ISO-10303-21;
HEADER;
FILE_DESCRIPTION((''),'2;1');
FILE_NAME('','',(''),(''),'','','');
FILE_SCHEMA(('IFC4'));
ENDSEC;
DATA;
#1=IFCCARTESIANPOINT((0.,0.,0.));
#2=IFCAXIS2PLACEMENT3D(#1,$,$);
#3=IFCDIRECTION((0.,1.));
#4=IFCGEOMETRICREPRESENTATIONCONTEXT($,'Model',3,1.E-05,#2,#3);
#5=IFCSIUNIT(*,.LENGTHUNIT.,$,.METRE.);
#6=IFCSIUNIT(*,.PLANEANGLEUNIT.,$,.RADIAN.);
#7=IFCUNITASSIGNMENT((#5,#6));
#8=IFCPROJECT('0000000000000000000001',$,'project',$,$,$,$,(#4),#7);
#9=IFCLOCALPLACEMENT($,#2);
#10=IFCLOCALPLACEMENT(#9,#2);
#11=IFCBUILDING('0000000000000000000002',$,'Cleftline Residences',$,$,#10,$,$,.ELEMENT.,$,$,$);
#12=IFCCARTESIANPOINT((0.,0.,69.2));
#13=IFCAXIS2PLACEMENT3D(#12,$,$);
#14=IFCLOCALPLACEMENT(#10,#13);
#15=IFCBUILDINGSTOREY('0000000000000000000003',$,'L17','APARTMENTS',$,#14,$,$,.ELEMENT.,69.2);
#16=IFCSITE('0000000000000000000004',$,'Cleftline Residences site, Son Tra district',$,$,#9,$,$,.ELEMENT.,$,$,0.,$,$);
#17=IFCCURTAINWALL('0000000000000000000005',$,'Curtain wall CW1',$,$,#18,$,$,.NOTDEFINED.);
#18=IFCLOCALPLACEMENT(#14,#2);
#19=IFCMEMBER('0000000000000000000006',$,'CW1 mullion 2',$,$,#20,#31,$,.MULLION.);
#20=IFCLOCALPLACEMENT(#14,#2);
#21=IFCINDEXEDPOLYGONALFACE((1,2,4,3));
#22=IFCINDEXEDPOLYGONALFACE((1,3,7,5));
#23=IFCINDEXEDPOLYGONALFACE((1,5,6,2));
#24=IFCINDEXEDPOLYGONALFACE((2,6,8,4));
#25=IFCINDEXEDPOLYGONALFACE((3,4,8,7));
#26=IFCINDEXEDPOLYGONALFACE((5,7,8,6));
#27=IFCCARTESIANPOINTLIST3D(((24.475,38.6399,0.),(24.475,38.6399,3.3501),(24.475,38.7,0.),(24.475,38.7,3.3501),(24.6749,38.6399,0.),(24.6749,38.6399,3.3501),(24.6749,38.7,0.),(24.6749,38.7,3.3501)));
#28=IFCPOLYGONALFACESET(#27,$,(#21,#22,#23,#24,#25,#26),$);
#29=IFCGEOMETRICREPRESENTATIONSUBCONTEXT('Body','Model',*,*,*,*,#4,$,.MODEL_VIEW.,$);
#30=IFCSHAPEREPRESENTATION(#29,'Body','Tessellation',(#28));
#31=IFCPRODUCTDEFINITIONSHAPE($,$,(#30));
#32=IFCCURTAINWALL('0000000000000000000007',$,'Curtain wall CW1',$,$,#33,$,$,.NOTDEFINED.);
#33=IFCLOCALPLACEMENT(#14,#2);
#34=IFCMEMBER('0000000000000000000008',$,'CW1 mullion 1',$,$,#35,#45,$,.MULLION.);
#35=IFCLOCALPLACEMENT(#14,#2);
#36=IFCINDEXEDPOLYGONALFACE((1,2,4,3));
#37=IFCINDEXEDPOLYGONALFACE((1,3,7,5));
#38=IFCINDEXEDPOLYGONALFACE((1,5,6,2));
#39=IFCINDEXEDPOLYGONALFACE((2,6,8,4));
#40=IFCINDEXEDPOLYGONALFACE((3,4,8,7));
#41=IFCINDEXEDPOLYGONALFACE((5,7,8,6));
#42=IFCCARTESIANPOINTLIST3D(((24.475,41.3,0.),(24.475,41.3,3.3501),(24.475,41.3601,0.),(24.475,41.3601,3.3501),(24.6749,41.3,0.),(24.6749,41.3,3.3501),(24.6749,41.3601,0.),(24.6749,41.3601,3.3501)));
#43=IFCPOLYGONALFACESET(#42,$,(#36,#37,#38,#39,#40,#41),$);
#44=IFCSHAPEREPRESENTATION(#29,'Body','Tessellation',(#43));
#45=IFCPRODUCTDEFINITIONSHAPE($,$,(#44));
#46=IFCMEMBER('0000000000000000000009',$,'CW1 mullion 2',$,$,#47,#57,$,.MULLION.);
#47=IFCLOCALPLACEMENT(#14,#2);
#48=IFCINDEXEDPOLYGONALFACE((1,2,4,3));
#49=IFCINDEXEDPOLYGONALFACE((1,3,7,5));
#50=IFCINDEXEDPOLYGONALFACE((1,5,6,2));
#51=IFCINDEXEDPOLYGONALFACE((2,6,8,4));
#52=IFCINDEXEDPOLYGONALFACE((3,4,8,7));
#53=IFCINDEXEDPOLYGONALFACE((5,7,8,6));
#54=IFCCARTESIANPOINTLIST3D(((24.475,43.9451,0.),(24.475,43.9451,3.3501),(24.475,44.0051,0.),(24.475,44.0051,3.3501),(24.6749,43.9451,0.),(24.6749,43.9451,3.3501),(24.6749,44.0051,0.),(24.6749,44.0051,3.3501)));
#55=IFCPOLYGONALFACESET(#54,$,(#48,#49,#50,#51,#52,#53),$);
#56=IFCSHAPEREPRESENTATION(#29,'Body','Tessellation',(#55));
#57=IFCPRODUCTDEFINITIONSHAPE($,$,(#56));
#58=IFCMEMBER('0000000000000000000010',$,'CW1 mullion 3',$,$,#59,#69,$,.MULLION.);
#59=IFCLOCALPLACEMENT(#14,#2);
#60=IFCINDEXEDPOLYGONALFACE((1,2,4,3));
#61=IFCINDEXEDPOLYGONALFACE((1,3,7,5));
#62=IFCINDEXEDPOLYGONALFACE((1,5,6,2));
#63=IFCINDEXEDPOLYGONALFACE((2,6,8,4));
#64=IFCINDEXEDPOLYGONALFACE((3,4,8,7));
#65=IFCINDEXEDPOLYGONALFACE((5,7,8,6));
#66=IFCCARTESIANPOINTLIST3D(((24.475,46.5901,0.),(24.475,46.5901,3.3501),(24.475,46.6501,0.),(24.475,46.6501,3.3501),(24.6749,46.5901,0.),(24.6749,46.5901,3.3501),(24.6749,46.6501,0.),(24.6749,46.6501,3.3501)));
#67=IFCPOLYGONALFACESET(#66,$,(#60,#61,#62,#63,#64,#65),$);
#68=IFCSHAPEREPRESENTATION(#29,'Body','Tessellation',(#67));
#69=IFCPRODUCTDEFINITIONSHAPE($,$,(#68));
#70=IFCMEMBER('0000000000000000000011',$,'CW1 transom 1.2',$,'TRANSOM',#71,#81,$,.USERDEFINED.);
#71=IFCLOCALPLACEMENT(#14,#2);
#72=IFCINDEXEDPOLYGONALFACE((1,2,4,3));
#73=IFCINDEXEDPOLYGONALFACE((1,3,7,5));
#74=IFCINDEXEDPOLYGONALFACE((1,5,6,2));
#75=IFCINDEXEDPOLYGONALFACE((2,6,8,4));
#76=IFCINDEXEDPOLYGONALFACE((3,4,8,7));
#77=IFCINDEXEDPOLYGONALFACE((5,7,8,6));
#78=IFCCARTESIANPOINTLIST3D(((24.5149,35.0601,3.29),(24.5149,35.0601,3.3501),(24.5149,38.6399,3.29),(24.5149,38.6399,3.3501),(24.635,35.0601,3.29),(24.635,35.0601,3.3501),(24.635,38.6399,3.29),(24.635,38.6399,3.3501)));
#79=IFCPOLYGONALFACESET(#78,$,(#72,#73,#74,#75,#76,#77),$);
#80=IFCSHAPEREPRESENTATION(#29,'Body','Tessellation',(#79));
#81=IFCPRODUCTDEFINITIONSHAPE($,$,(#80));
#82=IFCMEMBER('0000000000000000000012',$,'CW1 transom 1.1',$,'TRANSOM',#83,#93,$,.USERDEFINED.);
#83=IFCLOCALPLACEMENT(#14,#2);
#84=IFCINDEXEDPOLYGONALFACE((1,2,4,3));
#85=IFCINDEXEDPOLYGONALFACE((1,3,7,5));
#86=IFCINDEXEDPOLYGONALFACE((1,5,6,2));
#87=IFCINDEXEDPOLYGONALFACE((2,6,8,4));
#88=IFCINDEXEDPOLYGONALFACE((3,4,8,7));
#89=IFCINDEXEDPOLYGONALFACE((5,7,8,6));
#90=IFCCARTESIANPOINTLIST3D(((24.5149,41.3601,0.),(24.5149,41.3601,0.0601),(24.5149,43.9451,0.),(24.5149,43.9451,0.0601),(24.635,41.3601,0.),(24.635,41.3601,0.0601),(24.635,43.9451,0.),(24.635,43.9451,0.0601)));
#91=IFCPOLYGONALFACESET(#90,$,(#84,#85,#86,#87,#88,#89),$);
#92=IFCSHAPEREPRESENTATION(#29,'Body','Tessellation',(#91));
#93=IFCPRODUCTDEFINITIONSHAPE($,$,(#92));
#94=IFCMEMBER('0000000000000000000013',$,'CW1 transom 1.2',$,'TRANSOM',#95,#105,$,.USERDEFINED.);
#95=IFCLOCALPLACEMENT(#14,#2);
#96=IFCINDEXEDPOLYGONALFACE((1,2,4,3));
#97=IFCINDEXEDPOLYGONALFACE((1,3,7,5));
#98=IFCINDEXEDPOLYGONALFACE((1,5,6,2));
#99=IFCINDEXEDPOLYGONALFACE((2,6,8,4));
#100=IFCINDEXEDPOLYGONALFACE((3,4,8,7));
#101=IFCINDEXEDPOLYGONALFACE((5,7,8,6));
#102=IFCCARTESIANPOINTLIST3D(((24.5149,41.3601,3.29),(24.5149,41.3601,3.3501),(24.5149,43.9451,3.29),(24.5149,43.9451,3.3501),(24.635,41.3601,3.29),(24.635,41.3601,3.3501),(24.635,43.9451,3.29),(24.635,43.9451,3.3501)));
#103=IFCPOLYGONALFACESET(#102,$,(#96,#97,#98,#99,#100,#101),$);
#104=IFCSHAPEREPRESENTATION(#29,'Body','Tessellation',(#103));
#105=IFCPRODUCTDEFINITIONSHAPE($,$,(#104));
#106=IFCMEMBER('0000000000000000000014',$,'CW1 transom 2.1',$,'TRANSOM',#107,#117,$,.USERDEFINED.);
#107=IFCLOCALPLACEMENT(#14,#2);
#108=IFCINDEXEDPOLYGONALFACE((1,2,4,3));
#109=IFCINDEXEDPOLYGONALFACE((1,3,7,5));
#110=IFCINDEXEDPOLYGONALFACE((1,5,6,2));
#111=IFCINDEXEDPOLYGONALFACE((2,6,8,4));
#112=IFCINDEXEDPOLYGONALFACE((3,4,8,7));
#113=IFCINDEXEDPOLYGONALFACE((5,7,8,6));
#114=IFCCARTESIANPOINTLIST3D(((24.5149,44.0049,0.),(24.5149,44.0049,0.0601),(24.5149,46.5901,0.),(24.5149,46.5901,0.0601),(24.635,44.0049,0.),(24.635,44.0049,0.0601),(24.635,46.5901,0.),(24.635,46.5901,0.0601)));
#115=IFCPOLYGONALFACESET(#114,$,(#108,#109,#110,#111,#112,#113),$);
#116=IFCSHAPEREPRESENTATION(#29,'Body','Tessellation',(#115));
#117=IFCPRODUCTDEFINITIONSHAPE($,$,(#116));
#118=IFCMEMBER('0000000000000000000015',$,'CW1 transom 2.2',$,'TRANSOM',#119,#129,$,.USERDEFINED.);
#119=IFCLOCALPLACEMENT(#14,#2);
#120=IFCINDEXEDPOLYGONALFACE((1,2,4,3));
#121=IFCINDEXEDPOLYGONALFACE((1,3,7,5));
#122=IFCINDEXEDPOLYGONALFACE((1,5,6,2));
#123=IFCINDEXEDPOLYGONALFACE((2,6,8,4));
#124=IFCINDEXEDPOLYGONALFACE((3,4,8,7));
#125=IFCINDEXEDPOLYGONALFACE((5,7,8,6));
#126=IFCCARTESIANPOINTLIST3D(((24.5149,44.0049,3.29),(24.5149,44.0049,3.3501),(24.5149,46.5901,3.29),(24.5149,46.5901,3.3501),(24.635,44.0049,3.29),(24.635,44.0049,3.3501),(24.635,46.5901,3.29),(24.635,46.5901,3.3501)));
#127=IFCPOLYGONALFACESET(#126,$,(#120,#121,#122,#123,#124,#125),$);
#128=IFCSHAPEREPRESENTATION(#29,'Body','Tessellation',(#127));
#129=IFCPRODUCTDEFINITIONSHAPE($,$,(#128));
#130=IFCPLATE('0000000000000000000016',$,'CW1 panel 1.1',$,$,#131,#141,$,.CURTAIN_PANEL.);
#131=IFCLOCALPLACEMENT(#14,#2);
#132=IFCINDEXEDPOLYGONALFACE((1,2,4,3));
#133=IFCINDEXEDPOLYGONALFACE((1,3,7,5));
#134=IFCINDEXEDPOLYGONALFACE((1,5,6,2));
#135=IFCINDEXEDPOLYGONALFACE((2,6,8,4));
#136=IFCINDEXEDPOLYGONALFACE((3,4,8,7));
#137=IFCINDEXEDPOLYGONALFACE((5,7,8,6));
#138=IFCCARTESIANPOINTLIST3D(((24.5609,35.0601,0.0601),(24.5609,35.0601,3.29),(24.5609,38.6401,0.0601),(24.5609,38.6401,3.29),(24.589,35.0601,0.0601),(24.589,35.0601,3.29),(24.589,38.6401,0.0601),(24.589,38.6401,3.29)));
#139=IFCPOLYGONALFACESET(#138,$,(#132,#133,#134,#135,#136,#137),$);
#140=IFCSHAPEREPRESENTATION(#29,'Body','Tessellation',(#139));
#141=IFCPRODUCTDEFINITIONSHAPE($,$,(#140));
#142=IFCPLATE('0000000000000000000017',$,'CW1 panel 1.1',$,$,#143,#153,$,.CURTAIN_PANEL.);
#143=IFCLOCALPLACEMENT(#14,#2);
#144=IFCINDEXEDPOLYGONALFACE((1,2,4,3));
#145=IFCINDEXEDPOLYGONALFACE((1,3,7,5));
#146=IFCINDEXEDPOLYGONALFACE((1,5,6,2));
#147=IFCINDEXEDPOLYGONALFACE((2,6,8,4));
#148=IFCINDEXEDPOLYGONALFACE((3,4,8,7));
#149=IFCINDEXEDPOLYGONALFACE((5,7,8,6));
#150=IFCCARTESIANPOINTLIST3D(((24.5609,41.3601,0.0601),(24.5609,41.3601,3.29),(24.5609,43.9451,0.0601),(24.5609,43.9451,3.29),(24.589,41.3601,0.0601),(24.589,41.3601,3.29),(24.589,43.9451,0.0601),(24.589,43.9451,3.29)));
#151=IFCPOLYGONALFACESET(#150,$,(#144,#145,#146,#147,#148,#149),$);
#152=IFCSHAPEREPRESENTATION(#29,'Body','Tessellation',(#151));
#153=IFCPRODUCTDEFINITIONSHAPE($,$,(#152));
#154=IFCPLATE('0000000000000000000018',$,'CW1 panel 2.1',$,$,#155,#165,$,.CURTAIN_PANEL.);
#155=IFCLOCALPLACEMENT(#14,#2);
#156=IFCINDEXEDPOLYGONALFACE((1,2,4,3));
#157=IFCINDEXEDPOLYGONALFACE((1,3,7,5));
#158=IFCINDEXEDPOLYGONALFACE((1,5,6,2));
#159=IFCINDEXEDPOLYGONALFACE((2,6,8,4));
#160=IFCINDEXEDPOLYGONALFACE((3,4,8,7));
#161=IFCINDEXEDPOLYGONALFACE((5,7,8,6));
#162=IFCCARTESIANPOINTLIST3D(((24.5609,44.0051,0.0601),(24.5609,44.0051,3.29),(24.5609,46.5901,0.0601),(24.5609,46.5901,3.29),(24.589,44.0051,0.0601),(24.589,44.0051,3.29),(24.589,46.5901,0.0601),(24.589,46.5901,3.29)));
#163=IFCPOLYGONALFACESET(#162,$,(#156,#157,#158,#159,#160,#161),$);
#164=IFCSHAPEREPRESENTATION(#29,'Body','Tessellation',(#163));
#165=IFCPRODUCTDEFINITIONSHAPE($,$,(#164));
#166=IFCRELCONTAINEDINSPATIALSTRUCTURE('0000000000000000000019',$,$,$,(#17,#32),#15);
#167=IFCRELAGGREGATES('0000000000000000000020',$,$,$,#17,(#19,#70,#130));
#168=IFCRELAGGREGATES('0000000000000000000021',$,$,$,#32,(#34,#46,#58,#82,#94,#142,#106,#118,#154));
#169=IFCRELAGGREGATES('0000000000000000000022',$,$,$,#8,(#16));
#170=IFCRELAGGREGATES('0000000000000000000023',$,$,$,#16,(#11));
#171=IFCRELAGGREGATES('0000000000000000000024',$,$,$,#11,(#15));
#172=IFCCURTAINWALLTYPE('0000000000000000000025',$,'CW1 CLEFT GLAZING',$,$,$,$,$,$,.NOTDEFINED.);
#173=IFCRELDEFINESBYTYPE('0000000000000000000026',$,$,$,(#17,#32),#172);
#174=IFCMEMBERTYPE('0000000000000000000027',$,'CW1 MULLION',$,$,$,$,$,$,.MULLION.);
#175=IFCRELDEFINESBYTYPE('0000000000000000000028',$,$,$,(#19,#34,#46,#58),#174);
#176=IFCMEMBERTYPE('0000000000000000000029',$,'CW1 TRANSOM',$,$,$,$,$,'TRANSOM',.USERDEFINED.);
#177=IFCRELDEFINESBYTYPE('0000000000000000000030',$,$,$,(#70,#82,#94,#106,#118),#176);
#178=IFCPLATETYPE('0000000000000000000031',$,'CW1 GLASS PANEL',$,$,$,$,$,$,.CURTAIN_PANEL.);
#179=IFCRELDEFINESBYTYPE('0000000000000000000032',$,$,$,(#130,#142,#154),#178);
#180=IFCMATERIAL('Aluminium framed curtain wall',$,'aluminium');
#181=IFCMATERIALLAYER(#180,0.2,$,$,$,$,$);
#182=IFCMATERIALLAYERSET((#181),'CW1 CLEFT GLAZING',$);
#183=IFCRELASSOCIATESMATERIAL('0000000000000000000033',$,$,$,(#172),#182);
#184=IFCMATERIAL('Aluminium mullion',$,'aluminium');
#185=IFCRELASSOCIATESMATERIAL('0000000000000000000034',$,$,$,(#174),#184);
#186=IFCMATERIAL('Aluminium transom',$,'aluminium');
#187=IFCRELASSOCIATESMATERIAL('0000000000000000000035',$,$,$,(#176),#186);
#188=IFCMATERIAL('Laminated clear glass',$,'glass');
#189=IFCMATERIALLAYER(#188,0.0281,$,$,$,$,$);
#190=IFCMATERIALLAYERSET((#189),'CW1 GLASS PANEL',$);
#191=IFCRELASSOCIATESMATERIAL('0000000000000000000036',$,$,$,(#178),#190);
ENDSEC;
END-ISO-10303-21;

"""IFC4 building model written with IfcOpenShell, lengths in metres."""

from ifc_helpers import new_model, si_unit, direction, frame, origin, origin_2d, place, context, subcontext, project, spatial, rectangle, extrude, material, layer, layer_set, material_profile, profile_set, type_object, element, aggregate, save


model = new_model("IFC4")

# Units and contexts
model_context = context("Model", 3, precision=1e-05, world=origin(), true_north=direction((0.0, 1.0)))
body_context = subcontext(model_context, "Body", "Model", "MODEL_VIEW")
ifc_project = project(units=[si_unit("LENGTHUNIT", "METRE"), si_unit("PLANEANGLEUNIT", "RADIAN")], contexts=[model_context])

# Site, building, storey
site_placement = place(None, origin())
site = spatial("IfcSite", under=ifc_project, at=site_placement, Name="Cleftline Residences site, Son Tra district", CompositionType="ELEMENT", RefElevation=0.0)
building_placement = place(site_placement, origin())
building = spatial("IfcBuilding", under=site, at=building_placement, Name="Cleftline Residences", CompositionType="ELEMENT")
storey_placement = place(building_placement, frame((0.0, 0.0, 69.2)))
storey = spatial("IfcBuildingStorey", under=building, at=storey_placement, Name="L17", Description="APARTMENTS", CompositionType="ELEMENT", Elevation=69.2)

# Curtain wall, member
ifc_material_1 = material(Name="Aluminium framed curtain wall", Category="aluminium")
ifc_layer_1 = layer(ifc_material_1, 0.2)
ifc_layer_set_1 = layer_set([ifc_layer_1], Name="CW1 CLEFT GLAZING")
curtain_wall_type = type_object("IfcCurtainWallType", Name="CW1 CLEFT GLAZING", PredefinedType="NOTDEFINED", material=ifc_layer_set_1)
curtain_wall_1_placement = place(storey_placement, origin())
curtain_wall_1 = element("IfcCurtainWall", 1, at=curtain_wall_1_placement, inside=storey, type_object=curtain_wall_type, Name="Curtain wall CW1", PredefinedType="NOTDEFINED")
ifc_material_2 = material(Name="Aluminium mullion", Category="aluminium")
ifc_material_profile_1 = material_profile(ifc_material_2, rectangle(XDim=0.2, YDim=0.0601, at=origin_2d()))
ifc_profile_set_1 = profile_set([ifc_material_profile_1], Name="Aluminium mullion")
member_type_1 = type_object("IfcMemberType", Name="CW1 MULLION", PredefinedType="MULLION", material=ifc_profile_set_1)
member_1_placement = place(storey_placement, frame((24.575, 38.6699, 0.0), z_axis=(0.0, 0.0, 1.0), x_axis=(-1.0, 0.0, 0.0)))
member_1 = element("IfcMember", 2, at=member_1_placement, type_object=member_type_1, Name="CW1 mullion 2", PredefinedType="MULLION", context=body_context, shape_type="SweptSolid", body=[
    extrude(rectangle(XDim=0.2, YDim=0.0601, at=origin_2d()), origin(), (0.0, 0.0, 1.0), 3.3501),
])

# Curtain wall, members
curtain_wall_2_placement = place(storey_placement, origin())
curtain_wall_2 = element("IfcCurtainWall", 3, at=curtain_wall_2_placement, inside=storey, type_object=curtain_wall_type, Name="Curtain wall CW1", PredefinedType="NOTDEFINED")
member_2_placement = place(storey_placement, frame((24.575, 41.3301, 0.0), z_axis=(0.0, 0.0, 1.0), x_axis=(-1.0, 0.0, 0.0)))
member_2 = element("IfcMember", 4, at=member_2_placement, type_object=member_type_1, Name="CW1 mullion 1", PredefinedType="MULLION", context=body_context, shape_type="SweptSolid", body=[
    extrude(rectangle(XDim=0.2, YDim=0.0601, at=origin_2d()), origin(), (0.0, 0.0, 1.0), 3.3501),
])
member_3_placement = place(storey_placement, frame((24.575, 43.9751, 0.0), z_axis=(0.0, 0.0, 1.0), x_axis=(-1.0, 0.0, 0.0)))
member_3 = element("IfcMember", 5, at=member_3_placement, type_object=member_type_1, Name="CW1 mullion 2", PredefinedType="MULLION", context=body_context, shape_type="SweptSolid", body=[
    extrude(rectangle(XDim=0.2, YDim=0.0601, at=origin_2d()), origin(), (0.0, 0.0, 1.0), 3.3501),
])
member_4_placement = place(storey_placement, frame((24.575, 46.6201, 0.0), z_axis=(0.0, 0.0, 1.0), x_axis=(-1.0, 0.0, 0.0)))
member_4 = element("IfcMember", 6, at=member_4_placement, type_object=member_type_1, Name="CW1 mullion 3", PredefinedType="MULLION", context=body_context, shape_type="SweptSolid", body=[
    extrude(rectangle(XDim=0.2, YDim=0.0601, at=origin_2d()), origin(), (0.0, 0.0, 1.0), 3.3501),
])

# Members
ifc_material_3 = material(Name="Aluminium transom", Category="aluminium")
ifc_material_profile_2 = material_profile(ifc_material_3, rectangle(XDim=0.1201, YDim=0.0601, at=origin_2d()))
ifc_profile_set_2 = profile_set([ifc_material_profile_2], Name="Aluminium transom")
member_type_2 = type_object("IfcMemberType", Name="CW1 TRANSOM", ElementType="TRANSOM", PredefinedType="USERDEFINED", material=ifc_profile_set_2)
member_5_placement = place(storey_placement, frame((24.575, 35.0601, 3.3201), z_axis=(0.0, 1.0, 0.0), x_axis=(-1.0, 0.0, 0.0)))
member_5 = element("IfcMember", 7, at=member_5_placement, type_object=member_type_2, Name="CW1 transom 1.2", ObjectType="TRANSOM", PredefinedType="USERDEFINED", context=body_context, shape_type="SweptSolid", body=[
    extrude(rectangle(XDim=0.1201, YDim=0.0601, at=origin_2d()), origin(), (0.0, 0.0, 1.0), 3.5798),
])
member_6_placement = place(storey_placement, frame((24.575, 41.3601, 0.03), z_axis=(0.0, 1.0, 0.0), x_axis=(-1.0, 0.0, 0.0)))
member_6 = element("IfcMember", 8, at=member_6_placement, type_object=member_type_2, Name="CW1 transom 1.1", ObjectType="TRANSOM", PredefinedType="USERDEFINED", context=body_context, shape_type="SweptSolid", body=[
    extrude(rectangle(XDim=0.1201, YDim=0.0601, at=origin_2d()), origin(), (0.0, 0.0, 1.0), 2.585),
])
member_7_placement = place(storey_placement, frame((24.575, 41.3601, 3.3201), z_axis=(0.0, 1.0, 0.0), x_axis=(-1.0, 0.0, 0.0)))
member_7 = element("IfcMember", 9, at=member_7_placement, type_object=member_type_2, Name="CW1 transom 1.2", ObjectType="TRANSOM", PredefinedType="USERDEFINED", context=body_context, shape_type="SweptSolid", body=[
    extrude(rectangle(XDim=0.1201, YDim=0.0601, at=origin_2d()), origin(), (0.0, 0.0, 1.0), 2.585),
])
member_8_placement = place(storey_placement, frame((24.575, 44.0049, 0.03), z_axis=(0.0, 1.0, 0.0), x_axis=(-1.0, 0.0, 0.0)))
member_8 = element("IfcMember", 10, at=member_8_placement, type_object=member_type_2, Name="CW1 transom 2.1", ObjectType="TRANSOM", PredefinedType="USERDEFINED", context=body_context, shape_type="SweptSolid", body=[
    extrude(rectangle(XDim=0.1201, YDim=0.0601, at=origin_2d()), origin(), (0.0, 0.0, 1.0), 2.5852),
])
member_9_placement = place(storey_placement, frame((24.575, 44.0049, 3.3201), z_axis=(0.0, 1.0, 0.0), x_axis=(-1.0, 0.0, 0.0)))
member_9 = element("IfcMember", 11, at=member_9_placement, type_object=member_type_2, Name="CW1 transom 2.2", ObjectType="TRANSOM", PredefinedType="USERDEFINED", context=body_context, shape_type="SweptSolid", body=[
    extrude(rectangle(XDim=0.1201, YDim=0.0601, at=origin_2d()), origin(), (0.0, 0.0, 1.0), 2.5852),
])

# Plates
ifc_material_4 = material(Name="Laminated clear glass", Category="glass")
ifc_layer_2 = layer(ifc_material_4, 0.0281)
ifc_layer_set_2 = layer_set([ifc_layer_2], Name="CW1 GLASS PANEL")
plate_type = type_object("IfcPlateType", Name="CW1 GLASS PANEL", PredefinedType="CURTAIN_PANEL", material=ifc_layer_set_2)
plate_1_placement = place(storey_placement, frame((24.575, 36.8501, 0.0601), z_axis=(0.0, 0.0, 1.0), x_axis=(0.0, 1.0, 0.0)))
plate_1 = element("IfcPlate", 12, at=plate_1_placement, type_object=plate_type, Name="CW1 panel 1.1", PredefinedType="CURTAIN_PANEL", context=body_context, shape_type="SweptSolid", body=[
    extrude(rectangle(XDim=3.5801, YDim=0.0281, at=origin_2d()), origin(), (0.0, 0.0, 1.0), 3.23),
])
aggregate(curtain_wall_1, [member_1, member_5, plate_1])
plate_2_placement = place(storey_placement, frame((24.575, 42.6526, 0.0601), z_axis=(0.0, 0.0, 1.0), x_axis=(0.0, 1.0, 0.0)))
plate_2 = element("IfcPlate", 13, at=plate_2_placement, type_object=plate_type, Name="CW1 panel 1.1", PredefinedType="CURTAIN_PANEL", context=body_context, shape_type="SweptSolid", body=[
    extrude(rectangle(XDim=2.585, YDim=0.0281, at=origin_2d()), origin(), (0.0, 0.0, 1.0), 3.23),
])
plate_3_placement = place(storey_placement, frame((24.575, 45.2976, 0.0601), z_axis=(0.0, 0.0, 1.0), x_axis=(0.0, 1.0, 0.0)))
plate_3 = element("IfcPlate", 14, at=plate_3_placement, type_object=plate_type, Name="CW1 panel 2.1", PredefinedType="CURTAIN_PANEL", context=body_context, shape_type="SweptSolid", body=[
    extrude(rectangle(XDim=2.585, YDim=0.0281, at=origin_2d()), origin(), (0.0, 0.0, 1.0), 3.23),
])
aggregate(curtain_wall_2, [member_2, member_3, member_4, member_6, member_7, plate_2, member_8, member_9, plate_3])

save(model, "model.ifc")
